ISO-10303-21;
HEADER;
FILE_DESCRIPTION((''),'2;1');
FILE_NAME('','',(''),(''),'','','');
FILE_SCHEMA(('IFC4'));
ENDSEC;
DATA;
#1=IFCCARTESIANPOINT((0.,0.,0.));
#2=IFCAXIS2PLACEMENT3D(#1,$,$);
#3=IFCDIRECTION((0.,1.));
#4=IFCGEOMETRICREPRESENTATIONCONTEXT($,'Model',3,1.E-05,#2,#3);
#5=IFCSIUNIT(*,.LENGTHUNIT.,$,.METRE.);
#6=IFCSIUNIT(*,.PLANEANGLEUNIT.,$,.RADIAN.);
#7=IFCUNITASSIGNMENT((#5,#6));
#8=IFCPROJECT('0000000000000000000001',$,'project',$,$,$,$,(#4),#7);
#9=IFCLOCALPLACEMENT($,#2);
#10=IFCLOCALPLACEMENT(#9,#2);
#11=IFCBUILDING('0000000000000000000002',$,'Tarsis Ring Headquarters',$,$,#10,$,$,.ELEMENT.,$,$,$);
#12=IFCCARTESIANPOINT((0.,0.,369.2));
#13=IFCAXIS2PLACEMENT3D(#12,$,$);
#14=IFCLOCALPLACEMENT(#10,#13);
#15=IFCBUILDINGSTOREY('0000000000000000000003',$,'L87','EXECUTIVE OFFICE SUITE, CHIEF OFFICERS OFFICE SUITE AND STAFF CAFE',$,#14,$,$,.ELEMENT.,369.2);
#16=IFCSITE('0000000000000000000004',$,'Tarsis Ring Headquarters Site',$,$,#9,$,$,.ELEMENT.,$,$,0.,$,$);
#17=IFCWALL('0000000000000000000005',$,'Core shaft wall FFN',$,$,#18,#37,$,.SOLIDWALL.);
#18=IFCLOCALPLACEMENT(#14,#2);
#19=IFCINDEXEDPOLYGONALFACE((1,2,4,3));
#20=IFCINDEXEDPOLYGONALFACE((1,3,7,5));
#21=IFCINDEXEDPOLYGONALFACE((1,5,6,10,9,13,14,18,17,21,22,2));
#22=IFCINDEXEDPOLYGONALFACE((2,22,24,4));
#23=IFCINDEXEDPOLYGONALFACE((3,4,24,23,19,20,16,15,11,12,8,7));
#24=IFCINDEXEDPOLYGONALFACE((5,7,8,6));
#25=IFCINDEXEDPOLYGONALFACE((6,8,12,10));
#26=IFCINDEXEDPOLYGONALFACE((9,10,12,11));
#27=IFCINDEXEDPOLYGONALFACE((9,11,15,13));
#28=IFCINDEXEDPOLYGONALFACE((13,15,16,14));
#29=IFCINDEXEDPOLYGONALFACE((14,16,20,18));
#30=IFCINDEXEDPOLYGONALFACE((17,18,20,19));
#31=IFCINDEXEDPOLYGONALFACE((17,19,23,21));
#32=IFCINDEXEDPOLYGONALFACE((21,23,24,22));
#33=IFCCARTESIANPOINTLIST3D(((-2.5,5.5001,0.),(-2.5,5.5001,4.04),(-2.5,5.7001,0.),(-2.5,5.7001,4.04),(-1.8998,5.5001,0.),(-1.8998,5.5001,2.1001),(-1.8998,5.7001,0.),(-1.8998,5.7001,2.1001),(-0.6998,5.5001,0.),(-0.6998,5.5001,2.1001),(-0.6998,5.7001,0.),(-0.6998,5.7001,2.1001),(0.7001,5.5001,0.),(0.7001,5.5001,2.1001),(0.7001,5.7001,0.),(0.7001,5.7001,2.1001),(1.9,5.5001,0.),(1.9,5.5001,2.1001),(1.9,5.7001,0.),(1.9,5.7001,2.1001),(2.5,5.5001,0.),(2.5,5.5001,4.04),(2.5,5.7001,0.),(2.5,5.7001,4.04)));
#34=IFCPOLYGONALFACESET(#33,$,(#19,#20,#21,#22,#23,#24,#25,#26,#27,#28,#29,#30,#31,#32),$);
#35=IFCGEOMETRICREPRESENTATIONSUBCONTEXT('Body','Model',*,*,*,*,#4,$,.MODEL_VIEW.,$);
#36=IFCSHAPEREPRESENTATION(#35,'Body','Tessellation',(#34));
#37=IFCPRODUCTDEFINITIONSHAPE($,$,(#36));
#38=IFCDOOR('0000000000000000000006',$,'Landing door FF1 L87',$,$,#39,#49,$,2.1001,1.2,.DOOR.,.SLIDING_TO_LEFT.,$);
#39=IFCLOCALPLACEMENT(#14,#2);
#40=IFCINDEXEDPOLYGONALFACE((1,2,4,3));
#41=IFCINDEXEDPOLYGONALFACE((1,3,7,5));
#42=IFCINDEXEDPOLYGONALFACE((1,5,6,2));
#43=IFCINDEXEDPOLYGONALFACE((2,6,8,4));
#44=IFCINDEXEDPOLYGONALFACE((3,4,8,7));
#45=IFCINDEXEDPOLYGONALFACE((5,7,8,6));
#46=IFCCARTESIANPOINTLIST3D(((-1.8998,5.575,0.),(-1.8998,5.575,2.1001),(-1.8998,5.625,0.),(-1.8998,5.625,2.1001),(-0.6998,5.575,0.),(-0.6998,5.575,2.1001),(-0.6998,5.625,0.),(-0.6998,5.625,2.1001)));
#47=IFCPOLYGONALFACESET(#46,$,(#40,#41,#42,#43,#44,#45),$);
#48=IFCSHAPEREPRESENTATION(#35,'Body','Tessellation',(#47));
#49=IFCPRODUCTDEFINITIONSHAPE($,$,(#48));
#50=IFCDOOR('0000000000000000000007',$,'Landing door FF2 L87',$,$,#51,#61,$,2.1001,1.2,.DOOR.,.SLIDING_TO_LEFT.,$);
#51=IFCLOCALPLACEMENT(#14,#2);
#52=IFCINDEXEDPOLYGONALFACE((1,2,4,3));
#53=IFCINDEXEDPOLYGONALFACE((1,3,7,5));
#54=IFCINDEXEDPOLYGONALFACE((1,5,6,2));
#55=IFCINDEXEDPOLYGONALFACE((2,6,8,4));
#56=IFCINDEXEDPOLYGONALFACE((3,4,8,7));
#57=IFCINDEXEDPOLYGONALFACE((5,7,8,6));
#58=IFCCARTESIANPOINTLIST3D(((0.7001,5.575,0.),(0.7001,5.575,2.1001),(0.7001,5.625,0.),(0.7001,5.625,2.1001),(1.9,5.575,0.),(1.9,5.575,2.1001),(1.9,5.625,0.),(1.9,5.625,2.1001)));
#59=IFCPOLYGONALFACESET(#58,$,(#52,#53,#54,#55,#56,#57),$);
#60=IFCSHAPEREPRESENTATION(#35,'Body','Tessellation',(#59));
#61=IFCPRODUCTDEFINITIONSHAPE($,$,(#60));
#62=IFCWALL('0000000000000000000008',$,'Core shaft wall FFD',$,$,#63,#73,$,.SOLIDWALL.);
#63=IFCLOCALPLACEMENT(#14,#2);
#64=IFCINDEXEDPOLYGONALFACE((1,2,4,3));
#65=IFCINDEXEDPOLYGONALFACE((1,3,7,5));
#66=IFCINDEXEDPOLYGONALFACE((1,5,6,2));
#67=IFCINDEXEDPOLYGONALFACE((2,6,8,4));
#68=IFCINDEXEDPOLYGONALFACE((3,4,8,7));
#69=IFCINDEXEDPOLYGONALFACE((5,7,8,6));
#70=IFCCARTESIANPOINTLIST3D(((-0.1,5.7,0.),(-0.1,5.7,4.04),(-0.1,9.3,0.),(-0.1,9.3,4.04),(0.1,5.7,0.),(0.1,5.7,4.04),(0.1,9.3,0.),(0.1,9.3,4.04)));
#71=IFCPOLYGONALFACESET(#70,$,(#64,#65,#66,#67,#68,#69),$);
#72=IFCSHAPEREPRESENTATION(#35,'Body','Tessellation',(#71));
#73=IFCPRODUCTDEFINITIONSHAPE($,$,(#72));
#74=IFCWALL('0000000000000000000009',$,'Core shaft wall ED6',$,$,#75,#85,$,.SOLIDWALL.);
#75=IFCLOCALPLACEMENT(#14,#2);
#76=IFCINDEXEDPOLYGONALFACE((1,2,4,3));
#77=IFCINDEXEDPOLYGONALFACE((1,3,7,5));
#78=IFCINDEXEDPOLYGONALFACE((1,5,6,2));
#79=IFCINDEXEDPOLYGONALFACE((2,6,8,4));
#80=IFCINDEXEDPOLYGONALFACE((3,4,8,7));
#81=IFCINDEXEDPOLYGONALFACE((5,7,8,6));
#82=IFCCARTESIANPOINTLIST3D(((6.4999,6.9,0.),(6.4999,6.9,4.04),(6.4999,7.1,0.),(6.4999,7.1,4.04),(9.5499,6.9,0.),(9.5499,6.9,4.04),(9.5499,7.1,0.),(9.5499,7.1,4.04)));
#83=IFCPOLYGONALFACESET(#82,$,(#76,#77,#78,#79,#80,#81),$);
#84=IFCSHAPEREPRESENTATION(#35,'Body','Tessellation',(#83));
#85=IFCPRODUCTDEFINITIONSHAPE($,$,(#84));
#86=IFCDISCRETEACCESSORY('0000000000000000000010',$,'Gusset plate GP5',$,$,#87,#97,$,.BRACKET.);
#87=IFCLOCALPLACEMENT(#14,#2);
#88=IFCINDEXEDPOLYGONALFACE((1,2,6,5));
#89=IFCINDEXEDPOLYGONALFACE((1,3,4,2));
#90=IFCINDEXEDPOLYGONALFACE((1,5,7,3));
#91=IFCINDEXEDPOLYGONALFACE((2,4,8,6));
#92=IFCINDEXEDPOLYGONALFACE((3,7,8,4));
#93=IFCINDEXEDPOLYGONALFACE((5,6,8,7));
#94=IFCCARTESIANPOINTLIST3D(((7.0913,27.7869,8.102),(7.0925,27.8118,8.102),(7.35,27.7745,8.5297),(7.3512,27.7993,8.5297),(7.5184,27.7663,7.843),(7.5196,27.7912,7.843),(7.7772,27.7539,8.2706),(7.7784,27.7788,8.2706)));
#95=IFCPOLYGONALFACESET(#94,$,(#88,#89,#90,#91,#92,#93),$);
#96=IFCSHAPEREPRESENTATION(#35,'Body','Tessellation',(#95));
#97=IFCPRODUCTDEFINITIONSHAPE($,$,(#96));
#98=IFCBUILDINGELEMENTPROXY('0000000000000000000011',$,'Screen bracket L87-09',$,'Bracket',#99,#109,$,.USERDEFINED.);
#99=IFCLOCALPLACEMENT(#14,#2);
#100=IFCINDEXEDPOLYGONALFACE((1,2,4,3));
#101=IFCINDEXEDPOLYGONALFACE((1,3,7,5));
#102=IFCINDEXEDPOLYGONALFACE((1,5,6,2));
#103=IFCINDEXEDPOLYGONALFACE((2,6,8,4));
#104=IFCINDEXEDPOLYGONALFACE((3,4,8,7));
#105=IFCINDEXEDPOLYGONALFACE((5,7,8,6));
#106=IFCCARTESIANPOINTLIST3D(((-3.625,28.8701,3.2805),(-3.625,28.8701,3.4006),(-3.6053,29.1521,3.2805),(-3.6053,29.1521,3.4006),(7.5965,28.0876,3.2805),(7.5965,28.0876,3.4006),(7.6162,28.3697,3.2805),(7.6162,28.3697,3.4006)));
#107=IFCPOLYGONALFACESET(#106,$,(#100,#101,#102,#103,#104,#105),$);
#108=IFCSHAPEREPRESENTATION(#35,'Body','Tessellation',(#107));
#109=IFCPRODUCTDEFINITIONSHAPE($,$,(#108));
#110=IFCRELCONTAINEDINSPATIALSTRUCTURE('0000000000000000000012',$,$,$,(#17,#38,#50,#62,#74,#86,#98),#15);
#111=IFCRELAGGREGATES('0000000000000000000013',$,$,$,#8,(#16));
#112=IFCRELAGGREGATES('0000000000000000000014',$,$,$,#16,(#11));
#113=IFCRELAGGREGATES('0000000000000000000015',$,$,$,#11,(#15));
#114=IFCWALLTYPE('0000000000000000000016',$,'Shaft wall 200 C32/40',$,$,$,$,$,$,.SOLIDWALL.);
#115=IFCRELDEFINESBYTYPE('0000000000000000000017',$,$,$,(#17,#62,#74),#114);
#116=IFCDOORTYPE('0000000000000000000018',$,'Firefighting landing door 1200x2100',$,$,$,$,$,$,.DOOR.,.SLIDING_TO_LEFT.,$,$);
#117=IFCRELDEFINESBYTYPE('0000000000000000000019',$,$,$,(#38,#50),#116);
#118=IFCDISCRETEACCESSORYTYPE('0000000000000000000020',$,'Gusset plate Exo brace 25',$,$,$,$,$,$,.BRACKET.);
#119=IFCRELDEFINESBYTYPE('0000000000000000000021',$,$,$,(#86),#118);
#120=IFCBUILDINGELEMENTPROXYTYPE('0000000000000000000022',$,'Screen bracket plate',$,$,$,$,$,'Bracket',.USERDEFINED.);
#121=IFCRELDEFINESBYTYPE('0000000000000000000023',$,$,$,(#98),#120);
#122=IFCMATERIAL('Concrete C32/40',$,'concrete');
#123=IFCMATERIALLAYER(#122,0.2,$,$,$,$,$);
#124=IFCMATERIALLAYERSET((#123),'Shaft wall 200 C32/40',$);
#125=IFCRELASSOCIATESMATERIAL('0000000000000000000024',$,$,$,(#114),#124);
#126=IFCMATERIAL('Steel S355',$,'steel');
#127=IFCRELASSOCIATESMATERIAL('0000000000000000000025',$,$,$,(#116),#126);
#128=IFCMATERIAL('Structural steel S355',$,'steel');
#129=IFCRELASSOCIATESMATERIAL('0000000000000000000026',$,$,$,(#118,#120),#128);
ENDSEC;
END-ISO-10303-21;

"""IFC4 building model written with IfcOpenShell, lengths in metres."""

from ifc_helpers import new_model, si_unit, direction, frame, frame_2d, origin, origin_2d, place, context, subcontext, project, spatial, rectangle, extrude, material, layer, layer_set, material_profile, profile_set, type_object, element, fill, save


model = new_model("IFC4")

# Units and contexts
model_context = context("Model", 3, precision=1e-05, world=origin(), true_north=direction((0.0, 1.0)))
body_context = subcontext(model_context, "Body", "Model", "MODEL_VIEW")
ifc_project = project(units=[si_unit("LENGTHUNIT", "METRE"), si_unit("PLANEANGLEUNIT", "RADIAN")], contexts=[model_context])

# Site, building, storey
site_placement = place(None, origin())
site = spatial("IfcSite", under=ifc_project, at=site_placement, Name="Tarsis Ring Headquarters Site", CompositionType="ELEMENT", RefElevation=0.0)
building_placement = place(site_placement, origin())
building = spatial("IfcBuilding", under=site, at=building_placement, Name="Tarsis Ring Headquarters", CompositionType="ELEMENT")
storey_placement = place(building_placement, frame((0.0, 0.0, 369.2)))
storey = spatial("IfcBuildingStorey", under=building, at=storey_placement, Name="L87", Description="EXECUTIVE OFFICE SUITE, CHIEF OFFICERS OFFICE SUITE AND STAFF CAFE", CompositionType="ELEMENT", Elevation=369.2)

# Shared definitions
ifc_material_1 = material(Name="Structural steel S355", Category="steel")

# Shared definitions
ifc_material_2 = material(Name="Concrete C32/40", Category="concrete")

# Wall, openings, doors
ifc_layer_1 = layer(ifc_material_2, 0.2)
ifc_layer_set_1 = layer_set([ifc_layer_1], Name="Shaft wall 200 C32/40")
wall_type_1 = type_object("IfcWallType", Name="Shaft wall 200 C32/40", PredefinedType="SOLIDWALL", material=ifc_layer_set_1)
wall_1_placement = place(storey_placement, frame((-2.5, 5.6001, 0.0), z_axis=(0.0, 0.0, 1.0), x_axis=(1.0, 0.0, 0.0)))
wall_1 = element("IfcWall", 1, at=wall_1_placement, inside=storey, type_object=wall_type_1, Name="Core shaft wall FFN", PredefinedType="SOLIDWALL", context=body_context, shape_type="SweptSolid", body=[
    extrude(rectangle(XDim=5.0, YDim=0.2, at=frame_2d((2.5, 0.0))), origin(), (0.0, 0.0, 1.0), 4.04),
])
opening_1_placement = place(wall_1_placement, frame((0.6001, 0.0, 0.0)))
opening_1 = element("IfcOpeningElement", 2, at=opening_1_placement, cuts=wall_1, PredefinedType="OPENING", context=body_context, shape_type="SweptSolid", body=[
    extrude(rectangle(XDim=1.2, YDim=2.1001, at=frame_2d((0.6001, 1.05))), frame((0.0, 0.1099, 0.0), z_axis=(0.0, -1.0, 0.0), x_axis=(1.0, 0.0, 0.0)), (0.0, 0.0, 1.0), 0.22),
])
opening_2_placement = place(wall_1_placement, frame((3.2, 0.0, 0.0)))
opening_2 = element("IfcOpeningElement", 3, at=opening_2_placement, cuts=wall_1, PredefinedType="OPENING", context=body_context, shape_type="SweptSolid", body=[
    extrude(rectangle(XDim=1.2, YDim=2.1001, at=frame_2d((0.6001, 1.05))), frame((0.0, 0.1099, 0.0), z_axis=(0.0, -1.0, 0.0), x_axis=(1.0, 0.0, 0.0)), (0.0, 0.0, 1.0), 0.22),
])
ifc_material_3 = material(Name="Steel S355", Category="steel")
door_type = type_object("IfcDoorType", Name="Firefighting landing door 1200x2100", OperationType="SLIDING_TO_LEFT", PredefinedType="DOOR", material=ifc_material_3)
door_1_placement = place(opening_1_placement, origin())
door_1 = element("IfcDoor", 4, at=door_1_placement, inside=storey, type_object=door_type, Name="Landing door FF1 L87", OperationType="SLIDING_TO_LEFT", OverallHeight=2.1001, OverallWidth=1.2, PredefinedType="DOOR", context=body_context, shape_type="SweptSolid", body=[
    extrude(rectangle(XDim=1.2, YDim=2.1001, at=frame_2d((0.6001, 1.05))), frame((0.0, 0.0249, 0.0), z_axis=(0.0, -1.0, 0.0), x_axis=(1.0, 0.0, 0.0)), (0.0, 0.0, 1.0), 0.05),
])
fill(opening_1, door_1)
door_2_placement = place(opening_2_placement, origin())
door_2 = element("IfcDoor", 5, at=door_2_placement, inside=storey, type_object=door_type, Name="Landing door FF2 L87", OperationType="SLIDING_TO_LEFT", OverallHeight=2.1001, OverallWidth=1.2, PredefinedType="DOOR", context=body_context, shape_type="SweptSolid", body=[
    extrude(rectangle(XDim=1.2, YDim=2.1001, at=frame_2d((0.6001, 1.05))), frame((0.0, 0.0249, 0.0), z_axis=(0.0, -1.0, 0.0), x_axis=(1.0, 0.0, 0.0)), (0.0, 0.0, 1.0), 0.05),
])
fill(opening_2, door_2)

# Walls
wall_2_placement = place(storey_placement, frame((0.0, 5.7, 0.0), z_axis=(0.0, 0.0, 1.0), x_axis=(0.0, 1.0, 0.0)))
element("IfcWall", 6, at=wall_2_placement, inside=storey, type_object=wall_type_1, Name="Core shaft wall FFD", PredefinedType="SOLIDWALL", context=body_context, shape_type="SweptSolid", body=[
    extrude(rectangle(XDim=3.6001, YDim=0.2, at=frame_2d((1.8, 0.0))), origin(), (0.0, 0.0, 1.0), 4.04),
])
wall_3_placement = place(storey_placement, frame((6.5, 7.0, 0.0), z_axis=(0.0, 0.0, 1.0), x_axis=(1.0, 0.0, 0.0)))
element("IfcWall", 7, at=wall_3_placement, inside=storey, type_object=wall_type_1, Name="Core shaft wall ED6", PredefinedType="SOLIDWALL", context=body_context, shape_type="SweptSolid", body=[
    extrude(rectangle(XDim=3.05, YDim=0.2, at=frame_2d((1.5249, 0.0))), origin(), (0.0, 0.0, 1.0), 4.04),
])

# Discrete accessory
ifc_material_profile_1 = material_profile(ifc_material_1, rectangle(XDim=0.0249, YDim=0.5, at=origin_2d()), Name="PL 25x500")
ifc_profile_set_1 = profile_set([ifc_material_profile_1], Name="Structural steel S355")
discrete_accessory_type = type_object("IfcDiscreteAccessoryType", Name="Gusset plate Exo brace 25", PredefinedType="BRACKET", material=ifc_profile_set_1)
discrete_accessory_placement = place(storey_placement, frame((7.5642, 27.7766, 8.4001), z_axis=(-0.517492, 0.024898, -0.855326), x_axis=(-0.048058, -0.998845, 0.0)))
element("IfcDiscreteAccessory", 8, at=discrete_accessory_placement, inside=storey, type_object=discrete_accessory_type, Name="Gusset plate GP5", PredefinedType="BRACKET", context=body_context, shape_type="SweptSolid", body=[
    extrude(rectangle(XDim=0.0249, YDim=0.5, at=origin_2d()), origin(), (0.0, 0.0, 1.0), 0.5),
])

# Building element proxy
building_element_proxy_type = type_object("IfcBuildingElementProxyType", Name="Screen bracket plate", ElementType="Bracket", PredefinedType="USERDEFINED", material=ifc_material_1)
proxy_placement = place(storey_placement, frame((1.9956, 28.6199, 3.2805), z_axis=(0.0, 0.0, 1.0), x_axis=(-0.997578, 0.069561, 0.0)))
element("IfcBuildingElementProxy", 9, at=proxy_placement, inside=storey, type_object=building_element_proxy_type, Name="Screen bracket L87-09", ObjectType="Bracket", PredefinedType="USERDEFINED", context=body_context, shape_type="SweptSolid", body=[
    extrude(rectangle(XDim=11.2488, YDim=0.2827, at=origin_2d()), origin(), (0.0, 0.0, 1.0), 0.1201),
])

save(model, "model.ifc")
